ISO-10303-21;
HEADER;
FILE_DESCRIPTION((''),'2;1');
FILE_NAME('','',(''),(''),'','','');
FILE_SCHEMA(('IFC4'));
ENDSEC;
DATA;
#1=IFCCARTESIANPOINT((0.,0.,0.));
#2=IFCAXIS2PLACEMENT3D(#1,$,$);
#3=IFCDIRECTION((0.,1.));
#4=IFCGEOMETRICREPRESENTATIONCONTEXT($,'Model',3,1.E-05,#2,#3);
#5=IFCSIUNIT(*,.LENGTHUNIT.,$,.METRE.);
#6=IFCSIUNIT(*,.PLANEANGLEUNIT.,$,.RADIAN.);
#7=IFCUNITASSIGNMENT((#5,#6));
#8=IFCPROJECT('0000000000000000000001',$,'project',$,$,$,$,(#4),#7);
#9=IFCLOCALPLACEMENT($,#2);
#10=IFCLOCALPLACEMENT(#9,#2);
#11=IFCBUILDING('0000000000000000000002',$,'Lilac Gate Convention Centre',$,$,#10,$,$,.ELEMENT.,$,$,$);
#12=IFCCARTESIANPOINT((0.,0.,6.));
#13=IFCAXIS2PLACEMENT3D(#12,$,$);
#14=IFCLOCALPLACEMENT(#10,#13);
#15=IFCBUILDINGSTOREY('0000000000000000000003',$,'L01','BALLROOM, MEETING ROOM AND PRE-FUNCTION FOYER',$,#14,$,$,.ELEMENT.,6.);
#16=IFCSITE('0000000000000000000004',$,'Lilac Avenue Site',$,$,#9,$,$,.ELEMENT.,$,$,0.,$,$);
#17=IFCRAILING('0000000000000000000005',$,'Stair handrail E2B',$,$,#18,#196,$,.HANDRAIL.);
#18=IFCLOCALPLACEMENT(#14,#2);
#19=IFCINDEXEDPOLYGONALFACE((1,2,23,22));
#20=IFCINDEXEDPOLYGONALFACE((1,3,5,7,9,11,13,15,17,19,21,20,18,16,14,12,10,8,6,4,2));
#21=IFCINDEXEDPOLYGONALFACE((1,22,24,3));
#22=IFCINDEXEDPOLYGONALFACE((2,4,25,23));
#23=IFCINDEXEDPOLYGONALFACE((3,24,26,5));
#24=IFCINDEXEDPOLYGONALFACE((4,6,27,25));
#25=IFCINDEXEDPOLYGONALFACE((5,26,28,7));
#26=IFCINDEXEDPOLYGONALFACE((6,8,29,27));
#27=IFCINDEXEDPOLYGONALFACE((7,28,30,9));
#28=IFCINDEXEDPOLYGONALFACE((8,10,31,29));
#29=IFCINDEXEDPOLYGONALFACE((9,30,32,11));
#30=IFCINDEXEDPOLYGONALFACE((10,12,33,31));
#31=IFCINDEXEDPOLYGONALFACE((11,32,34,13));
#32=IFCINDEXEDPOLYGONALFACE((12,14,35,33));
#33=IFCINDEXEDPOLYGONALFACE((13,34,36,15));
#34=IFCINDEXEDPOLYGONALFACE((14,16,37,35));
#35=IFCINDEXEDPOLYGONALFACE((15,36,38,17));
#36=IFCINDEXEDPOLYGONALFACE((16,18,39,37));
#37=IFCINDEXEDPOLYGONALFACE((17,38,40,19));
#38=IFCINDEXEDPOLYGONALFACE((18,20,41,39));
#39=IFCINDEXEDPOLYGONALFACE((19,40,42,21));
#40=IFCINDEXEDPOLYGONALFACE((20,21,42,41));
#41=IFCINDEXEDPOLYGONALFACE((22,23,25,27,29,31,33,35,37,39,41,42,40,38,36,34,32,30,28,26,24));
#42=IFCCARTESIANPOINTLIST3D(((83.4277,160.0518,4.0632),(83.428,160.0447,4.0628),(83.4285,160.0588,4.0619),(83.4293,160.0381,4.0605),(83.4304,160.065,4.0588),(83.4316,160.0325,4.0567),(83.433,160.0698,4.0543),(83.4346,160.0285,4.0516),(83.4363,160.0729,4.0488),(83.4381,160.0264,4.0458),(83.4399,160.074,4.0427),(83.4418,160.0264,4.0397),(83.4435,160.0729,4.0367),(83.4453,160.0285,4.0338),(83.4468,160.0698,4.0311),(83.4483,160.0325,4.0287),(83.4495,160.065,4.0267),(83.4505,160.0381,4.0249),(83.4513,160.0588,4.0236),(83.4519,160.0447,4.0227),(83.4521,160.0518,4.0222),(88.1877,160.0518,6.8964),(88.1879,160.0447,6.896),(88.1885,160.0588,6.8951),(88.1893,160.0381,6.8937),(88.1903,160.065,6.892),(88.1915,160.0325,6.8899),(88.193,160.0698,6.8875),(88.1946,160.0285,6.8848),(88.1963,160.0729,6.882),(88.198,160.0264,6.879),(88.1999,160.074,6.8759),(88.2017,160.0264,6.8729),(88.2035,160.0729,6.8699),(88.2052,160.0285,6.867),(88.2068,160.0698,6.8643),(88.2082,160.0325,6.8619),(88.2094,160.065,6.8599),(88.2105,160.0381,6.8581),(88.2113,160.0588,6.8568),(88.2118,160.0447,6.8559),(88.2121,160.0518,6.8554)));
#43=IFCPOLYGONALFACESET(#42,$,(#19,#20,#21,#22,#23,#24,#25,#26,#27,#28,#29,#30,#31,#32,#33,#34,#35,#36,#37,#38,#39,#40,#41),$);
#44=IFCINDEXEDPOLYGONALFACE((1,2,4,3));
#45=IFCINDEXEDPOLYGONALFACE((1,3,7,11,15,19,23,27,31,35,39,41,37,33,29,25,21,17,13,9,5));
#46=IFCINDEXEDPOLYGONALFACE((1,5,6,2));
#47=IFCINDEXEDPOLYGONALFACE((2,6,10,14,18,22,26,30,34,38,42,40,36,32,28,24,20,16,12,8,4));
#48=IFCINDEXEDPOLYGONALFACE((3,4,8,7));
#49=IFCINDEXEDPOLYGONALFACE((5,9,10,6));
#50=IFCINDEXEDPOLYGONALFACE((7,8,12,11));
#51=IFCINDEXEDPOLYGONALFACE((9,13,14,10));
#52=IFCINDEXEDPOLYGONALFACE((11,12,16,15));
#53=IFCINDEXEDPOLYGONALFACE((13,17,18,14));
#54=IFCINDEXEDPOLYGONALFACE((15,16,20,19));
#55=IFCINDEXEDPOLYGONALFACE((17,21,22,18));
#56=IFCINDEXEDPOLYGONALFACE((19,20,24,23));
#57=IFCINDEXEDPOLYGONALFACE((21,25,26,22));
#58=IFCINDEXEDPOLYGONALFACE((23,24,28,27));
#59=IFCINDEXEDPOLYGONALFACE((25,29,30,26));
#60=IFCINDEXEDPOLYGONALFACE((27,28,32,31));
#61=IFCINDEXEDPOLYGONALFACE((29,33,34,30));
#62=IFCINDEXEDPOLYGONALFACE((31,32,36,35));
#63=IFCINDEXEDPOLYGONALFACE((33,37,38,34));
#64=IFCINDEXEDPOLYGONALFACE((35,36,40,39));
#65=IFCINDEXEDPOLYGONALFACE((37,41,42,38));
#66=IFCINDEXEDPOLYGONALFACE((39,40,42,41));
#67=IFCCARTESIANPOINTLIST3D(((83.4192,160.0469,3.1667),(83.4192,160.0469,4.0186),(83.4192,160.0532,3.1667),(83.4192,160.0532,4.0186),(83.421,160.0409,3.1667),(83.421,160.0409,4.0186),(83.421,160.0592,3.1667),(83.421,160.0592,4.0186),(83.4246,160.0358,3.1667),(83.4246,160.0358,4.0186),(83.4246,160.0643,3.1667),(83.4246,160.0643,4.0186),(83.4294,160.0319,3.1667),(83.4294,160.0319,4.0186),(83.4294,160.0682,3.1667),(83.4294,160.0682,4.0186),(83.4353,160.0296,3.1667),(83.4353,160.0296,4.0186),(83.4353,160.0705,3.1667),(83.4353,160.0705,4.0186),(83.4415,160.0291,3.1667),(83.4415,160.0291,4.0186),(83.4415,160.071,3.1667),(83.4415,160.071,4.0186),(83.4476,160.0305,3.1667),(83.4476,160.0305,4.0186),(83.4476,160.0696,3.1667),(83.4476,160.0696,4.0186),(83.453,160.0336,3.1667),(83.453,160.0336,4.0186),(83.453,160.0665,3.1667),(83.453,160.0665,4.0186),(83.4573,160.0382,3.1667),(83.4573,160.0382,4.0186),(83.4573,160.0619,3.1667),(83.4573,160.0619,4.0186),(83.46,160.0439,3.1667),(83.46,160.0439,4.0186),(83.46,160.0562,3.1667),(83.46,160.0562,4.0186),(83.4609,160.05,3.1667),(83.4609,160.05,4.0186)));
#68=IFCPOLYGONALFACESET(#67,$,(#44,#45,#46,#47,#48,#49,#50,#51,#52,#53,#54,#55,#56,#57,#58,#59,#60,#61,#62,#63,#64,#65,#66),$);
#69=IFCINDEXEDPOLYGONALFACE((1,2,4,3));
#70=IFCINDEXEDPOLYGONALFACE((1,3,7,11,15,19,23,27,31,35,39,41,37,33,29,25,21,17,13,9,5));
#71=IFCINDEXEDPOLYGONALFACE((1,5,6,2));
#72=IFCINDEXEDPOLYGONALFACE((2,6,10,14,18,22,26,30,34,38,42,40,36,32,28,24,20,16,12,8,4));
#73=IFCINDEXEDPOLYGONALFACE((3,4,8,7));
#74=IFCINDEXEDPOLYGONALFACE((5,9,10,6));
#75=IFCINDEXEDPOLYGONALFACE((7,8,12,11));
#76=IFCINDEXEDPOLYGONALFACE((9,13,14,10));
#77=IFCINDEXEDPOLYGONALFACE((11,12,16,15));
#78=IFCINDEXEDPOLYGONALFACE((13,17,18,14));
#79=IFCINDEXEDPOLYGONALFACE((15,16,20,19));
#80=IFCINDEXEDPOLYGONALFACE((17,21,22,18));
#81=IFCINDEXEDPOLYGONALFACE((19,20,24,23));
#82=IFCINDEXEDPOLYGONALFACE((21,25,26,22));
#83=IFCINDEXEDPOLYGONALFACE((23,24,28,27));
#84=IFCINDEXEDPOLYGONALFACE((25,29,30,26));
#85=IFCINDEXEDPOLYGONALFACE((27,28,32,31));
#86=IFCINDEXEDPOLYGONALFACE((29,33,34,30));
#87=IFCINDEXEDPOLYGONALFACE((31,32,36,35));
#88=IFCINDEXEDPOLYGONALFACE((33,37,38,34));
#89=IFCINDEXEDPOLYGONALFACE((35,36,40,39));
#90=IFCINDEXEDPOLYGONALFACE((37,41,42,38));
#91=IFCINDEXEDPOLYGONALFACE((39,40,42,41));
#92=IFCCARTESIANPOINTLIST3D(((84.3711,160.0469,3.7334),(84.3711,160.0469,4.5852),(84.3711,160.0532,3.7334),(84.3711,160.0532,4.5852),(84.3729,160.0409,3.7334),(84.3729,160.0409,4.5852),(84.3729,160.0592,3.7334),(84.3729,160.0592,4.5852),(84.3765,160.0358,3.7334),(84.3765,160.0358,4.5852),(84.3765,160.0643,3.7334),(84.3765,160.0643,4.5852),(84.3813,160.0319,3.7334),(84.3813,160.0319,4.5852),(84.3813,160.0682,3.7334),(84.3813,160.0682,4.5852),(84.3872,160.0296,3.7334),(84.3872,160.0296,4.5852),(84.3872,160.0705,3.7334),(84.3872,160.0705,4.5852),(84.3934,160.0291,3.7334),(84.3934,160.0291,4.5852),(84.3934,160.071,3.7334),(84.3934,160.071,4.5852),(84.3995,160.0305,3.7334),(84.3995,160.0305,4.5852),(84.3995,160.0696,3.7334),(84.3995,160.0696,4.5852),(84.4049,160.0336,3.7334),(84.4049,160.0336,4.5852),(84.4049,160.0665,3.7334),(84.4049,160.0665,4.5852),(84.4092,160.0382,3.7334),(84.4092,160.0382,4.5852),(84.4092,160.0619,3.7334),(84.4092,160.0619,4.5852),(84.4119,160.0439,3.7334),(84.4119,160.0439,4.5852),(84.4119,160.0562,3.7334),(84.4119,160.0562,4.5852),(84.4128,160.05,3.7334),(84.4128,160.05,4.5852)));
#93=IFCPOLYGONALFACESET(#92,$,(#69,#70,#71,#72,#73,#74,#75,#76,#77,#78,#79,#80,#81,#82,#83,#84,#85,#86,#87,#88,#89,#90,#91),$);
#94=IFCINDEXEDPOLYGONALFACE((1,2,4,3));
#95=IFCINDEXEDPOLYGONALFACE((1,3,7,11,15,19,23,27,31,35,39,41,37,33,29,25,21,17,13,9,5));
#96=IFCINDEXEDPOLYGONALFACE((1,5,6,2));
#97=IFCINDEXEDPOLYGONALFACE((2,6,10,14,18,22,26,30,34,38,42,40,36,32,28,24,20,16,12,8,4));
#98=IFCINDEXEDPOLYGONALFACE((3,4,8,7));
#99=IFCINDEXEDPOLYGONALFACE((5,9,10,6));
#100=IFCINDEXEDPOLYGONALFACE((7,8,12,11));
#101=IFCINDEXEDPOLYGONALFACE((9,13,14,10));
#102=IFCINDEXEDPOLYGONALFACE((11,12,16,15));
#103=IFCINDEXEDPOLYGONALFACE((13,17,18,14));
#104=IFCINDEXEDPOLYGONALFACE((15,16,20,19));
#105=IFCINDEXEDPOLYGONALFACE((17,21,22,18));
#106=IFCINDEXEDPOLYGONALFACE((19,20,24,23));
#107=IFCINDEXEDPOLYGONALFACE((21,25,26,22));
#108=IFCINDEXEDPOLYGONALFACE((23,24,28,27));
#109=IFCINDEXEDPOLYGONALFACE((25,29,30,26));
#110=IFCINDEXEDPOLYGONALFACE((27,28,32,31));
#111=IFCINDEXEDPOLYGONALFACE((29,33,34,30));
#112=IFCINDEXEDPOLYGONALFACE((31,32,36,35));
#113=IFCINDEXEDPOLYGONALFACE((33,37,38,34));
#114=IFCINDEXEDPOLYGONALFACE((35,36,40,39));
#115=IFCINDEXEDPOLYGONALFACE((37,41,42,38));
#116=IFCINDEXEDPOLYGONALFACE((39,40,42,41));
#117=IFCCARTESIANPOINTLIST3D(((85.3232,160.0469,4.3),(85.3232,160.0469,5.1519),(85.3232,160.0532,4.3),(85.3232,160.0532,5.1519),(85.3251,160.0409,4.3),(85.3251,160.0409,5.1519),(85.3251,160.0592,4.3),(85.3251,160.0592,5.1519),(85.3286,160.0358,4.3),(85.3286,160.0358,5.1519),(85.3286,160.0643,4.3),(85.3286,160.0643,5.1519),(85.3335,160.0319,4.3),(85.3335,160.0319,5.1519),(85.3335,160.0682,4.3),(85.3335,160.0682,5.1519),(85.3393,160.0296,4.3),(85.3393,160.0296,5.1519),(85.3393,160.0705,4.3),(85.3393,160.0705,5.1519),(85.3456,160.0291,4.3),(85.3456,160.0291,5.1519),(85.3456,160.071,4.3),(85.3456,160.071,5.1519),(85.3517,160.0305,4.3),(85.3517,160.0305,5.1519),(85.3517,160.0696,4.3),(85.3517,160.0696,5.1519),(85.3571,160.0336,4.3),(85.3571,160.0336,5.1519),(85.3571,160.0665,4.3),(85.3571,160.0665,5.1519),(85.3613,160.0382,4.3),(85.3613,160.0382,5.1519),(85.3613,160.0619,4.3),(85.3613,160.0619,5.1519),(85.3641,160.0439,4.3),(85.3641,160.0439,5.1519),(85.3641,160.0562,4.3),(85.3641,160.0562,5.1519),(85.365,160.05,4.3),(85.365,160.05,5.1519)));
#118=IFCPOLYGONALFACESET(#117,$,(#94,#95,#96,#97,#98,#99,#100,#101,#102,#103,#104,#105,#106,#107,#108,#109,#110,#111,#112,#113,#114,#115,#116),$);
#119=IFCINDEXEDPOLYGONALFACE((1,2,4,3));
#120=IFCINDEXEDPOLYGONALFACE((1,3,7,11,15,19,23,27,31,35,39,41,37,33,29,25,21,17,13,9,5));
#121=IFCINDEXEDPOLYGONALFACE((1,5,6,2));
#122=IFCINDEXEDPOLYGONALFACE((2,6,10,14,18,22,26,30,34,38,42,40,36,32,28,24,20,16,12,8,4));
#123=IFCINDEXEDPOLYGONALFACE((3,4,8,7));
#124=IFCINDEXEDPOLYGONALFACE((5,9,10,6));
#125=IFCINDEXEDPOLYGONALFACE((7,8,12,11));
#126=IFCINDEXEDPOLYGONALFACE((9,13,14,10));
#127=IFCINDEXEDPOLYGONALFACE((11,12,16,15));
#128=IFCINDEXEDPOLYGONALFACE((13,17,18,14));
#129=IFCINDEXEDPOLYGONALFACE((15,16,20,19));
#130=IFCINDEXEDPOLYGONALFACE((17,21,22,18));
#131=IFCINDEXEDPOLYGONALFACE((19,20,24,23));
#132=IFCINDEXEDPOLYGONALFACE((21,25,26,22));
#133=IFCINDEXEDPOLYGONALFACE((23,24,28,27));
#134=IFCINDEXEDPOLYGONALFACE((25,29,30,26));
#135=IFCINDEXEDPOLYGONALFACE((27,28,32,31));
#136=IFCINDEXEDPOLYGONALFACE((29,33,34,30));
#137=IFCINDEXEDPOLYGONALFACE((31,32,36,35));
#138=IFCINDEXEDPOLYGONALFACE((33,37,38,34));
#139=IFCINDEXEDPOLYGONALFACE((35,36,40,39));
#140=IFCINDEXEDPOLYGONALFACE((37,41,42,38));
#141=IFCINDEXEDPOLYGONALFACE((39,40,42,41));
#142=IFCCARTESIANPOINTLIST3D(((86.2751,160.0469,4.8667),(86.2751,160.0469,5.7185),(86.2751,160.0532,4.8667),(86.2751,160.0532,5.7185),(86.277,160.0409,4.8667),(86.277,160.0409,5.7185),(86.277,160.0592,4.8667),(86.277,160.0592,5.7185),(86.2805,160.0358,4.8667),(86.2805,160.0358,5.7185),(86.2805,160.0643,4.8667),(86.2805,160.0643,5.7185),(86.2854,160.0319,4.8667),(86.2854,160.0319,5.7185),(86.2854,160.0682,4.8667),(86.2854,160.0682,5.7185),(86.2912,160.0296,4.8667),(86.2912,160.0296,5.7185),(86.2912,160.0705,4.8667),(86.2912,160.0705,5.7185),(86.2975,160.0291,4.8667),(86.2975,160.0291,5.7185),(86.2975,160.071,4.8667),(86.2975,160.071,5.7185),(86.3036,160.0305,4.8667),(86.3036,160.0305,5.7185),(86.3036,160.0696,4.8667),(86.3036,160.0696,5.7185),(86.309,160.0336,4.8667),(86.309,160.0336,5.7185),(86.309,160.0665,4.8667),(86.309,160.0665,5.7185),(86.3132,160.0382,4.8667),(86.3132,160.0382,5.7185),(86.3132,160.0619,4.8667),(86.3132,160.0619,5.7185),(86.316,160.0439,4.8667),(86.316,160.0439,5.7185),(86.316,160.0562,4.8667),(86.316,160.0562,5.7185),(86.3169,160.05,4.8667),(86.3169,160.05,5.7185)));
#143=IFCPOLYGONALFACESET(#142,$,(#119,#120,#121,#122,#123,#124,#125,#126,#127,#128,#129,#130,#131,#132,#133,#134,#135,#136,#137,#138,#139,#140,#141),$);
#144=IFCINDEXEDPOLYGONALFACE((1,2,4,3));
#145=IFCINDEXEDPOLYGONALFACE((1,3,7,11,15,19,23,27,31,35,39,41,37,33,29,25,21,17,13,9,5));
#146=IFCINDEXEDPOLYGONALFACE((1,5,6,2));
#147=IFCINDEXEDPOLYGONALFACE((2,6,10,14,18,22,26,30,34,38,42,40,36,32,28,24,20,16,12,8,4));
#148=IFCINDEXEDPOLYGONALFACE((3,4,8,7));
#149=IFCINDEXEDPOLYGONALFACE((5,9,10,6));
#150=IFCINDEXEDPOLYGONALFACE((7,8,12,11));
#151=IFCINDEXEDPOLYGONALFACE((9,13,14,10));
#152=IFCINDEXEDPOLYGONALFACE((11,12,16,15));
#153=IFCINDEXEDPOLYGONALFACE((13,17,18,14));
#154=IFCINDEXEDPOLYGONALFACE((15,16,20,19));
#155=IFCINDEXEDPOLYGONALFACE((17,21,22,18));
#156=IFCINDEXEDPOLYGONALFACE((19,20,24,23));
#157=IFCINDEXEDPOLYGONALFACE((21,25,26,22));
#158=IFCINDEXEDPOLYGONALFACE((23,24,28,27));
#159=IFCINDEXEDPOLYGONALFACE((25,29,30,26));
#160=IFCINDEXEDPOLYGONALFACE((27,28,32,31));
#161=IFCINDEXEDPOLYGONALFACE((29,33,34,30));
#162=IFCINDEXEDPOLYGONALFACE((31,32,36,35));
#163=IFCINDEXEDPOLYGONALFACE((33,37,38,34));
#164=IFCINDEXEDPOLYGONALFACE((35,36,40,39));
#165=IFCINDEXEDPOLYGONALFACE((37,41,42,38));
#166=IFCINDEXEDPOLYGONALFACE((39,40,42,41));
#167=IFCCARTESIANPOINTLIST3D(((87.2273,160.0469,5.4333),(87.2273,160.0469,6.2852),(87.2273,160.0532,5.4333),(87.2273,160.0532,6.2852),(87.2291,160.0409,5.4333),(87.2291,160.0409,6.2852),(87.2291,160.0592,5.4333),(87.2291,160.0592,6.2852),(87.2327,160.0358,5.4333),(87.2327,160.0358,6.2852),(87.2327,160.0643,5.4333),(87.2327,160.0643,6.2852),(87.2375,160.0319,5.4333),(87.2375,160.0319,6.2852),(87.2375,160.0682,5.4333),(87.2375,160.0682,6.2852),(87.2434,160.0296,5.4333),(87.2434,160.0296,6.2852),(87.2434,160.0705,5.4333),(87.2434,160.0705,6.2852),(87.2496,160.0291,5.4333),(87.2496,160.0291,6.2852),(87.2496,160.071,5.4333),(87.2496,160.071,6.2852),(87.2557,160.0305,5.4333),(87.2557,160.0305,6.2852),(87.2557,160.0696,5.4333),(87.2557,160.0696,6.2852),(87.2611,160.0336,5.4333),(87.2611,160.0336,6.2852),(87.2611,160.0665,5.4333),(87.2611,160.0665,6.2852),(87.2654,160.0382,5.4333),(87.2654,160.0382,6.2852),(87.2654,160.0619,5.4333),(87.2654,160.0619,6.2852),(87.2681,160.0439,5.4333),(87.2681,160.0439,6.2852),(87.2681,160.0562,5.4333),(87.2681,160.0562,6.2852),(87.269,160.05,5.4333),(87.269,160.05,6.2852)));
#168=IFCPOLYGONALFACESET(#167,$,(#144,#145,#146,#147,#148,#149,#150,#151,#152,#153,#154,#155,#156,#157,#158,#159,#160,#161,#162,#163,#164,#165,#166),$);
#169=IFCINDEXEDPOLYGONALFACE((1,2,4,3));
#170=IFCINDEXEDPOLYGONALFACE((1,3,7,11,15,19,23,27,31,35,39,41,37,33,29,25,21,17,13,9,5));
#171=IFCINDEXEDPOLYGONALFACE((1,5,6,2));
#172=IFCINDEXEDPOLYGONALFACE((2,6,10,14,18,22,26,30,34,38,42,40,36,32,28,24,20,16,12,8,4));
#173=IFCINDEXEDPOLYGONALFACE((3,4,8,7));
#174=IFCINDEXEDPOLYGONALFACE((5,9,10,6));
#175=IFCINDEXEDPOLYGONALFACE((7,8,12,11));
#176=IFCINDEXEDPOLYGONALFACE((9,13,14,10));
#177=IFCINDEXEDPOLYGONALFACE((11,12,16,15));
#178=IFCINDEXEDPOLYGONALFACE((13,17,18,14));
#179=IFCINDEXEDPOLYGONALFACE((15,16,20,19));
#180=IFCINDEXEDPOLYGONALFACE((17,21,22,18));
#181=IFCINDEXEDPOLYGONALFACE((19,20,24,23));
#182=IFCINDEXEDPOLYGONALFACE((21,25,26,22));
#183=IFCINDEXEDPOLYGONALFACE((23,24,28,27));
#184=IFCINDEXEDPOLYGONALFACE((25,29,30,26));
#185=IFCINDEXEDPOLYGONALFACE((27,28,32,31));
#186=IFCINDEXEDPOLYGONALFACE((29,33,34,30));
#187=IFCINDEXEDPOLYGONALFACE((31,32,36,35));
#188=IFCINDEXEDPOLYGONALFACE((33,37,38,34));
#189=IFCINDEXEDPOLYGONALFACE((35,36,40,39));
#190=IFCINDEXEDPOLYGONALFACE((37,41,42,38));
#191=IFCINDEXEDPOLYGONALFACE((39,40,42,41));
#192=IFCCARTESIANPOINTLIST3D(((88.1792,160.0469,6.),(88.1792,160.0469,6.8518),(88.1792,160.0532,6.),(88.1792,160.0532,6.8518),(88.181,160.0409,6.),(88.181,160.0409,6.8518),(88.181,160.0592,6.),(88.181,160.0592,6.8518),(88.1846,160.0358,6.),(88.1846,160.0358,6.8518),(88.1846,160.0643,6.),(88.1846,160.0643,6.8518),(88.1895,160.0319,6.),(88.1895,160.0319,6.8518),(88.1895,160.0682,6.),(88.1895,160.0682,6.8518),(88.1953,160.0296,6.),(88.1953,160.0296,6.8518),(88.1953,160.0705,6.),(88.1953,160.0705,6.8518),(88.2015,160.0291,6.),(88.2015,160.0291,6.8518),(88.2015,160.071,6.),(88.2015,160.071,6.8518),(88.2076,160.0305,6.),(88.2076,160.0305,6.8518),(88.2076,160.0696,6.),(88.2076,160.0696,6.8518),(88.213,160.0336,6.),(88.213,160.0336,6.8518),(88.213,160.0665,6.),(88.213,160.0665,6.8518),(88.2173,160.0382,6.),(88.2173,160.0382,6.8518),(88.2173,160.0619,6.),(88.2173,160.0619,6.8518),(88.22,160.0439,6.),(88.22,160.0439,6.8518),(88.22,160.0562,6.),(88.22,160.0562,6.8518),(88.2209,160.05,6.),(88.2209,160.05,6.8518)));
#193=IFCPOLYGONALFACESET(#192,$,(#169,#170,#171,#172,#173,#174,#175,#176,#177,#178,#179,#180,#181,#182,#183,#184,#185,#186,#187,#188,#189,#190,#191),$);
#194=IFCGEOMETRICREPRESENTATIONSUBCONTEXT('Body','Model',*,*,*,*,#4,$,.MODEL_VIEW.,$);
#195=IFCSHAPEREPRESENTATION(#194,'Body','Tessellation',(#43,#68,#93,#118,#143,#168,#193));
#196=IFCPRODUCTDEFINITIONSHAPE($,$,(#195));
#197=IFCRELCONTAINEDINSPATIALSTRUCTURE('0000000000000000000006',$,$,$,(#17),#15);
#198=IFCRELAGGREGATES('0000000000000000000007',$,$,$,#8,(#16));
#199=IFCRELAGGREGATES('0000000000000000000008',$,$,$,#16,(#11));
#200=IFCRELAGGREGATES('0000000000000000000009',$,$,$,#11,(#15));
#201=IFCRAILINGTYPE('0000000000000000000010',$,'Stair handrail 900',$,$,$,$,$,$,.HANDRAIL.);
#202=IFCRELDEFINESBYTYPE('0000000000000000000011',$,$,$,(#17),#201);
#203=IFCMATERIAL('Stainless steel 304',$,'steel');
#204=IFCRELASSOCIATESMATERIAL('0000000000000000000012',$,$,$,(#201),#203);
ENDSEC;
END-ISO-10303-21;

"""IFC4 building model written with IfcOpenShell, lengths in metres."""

from ifc_helpers import new_model, si_unit, direction, frame, origin, origin_2d, place, context, subcontext, project, spatial, circle, extrude, material, type_object, element, save


model = new_model("IFC4")

# Units and contexts
model_context = context("Model", 3, precision=1e-05, world=origin(), true_north=direction((0.0, 1.0)))
body_context = subcontext(model_context, "Body", "Model", "MODEL_VIEW")
ifc_project = project(units=[si_unit("LENGTHUNIT", "METRE"), si_unit("PLANEANGLEUNIT", "RADIAN")], contexts=[model_context])

# Site, building, storey
site_placement = place(None, origin())
site = spatial("IfcSite", under=ifc_project, at=site_placement, Name="Lilac Avenue Site", CompositionType="ELEMENT", RefElevation=0.0)
building_placement = place(site_placement, origin())
building = spatial("IfcBuilding", under=site, at=building_placement, Name="Lilac Gate Convention Centre", CompositionType="ELEMENT")
storey_placement = place(building_placement, frame((0.0, 0.0, 6.0)))
storey = spatial("IfcBuildingStorey", under=building, at=storey_placement, Name="L01", Description="BALLROOM, MEETING ROOM AND PRE-FUNCTION FOYER", CompositionType="ELEMENT", Elevation=6.0)

# Railing
ifc_material_1 = material(Name="Stainless steel 304", Category="steel")
railing_type = type_object("IfcRailingType", Name="Stair handrail 900", PredefinedType="HANDRAIL", material=ifc_material_1)
for number, where, name in (
    (1, (83.4399, 160.05, 3.1667), "Stair handrail E2B"),
):
    element("IfcRailing", number, at=place(storey_placement, frame(where)), inside=storey, type_object=railing_type, Name=name, PredefinedType="HANDRAIL", context=body_context, shape_type="SweptSolid", body=[
        extrude(circle(Radius=0.0239, at=origin_2d()), frame((0.0, 0.0, 0.876), z_axis=(0.8593, 0.0, 0.511472), x_axis=(0.0, 1.0, 0.0)), (0.0, 0.0, 1.0), 5.5393),
        extrude(circle(Radius=0.021, at=origin_2d()), origin(), (0.0, 0.0, 1.0), 0.8518),
        extrude(circle(Radius=0.021, at=origin_2d()), frame((0.9519, 0.0, 0.5667)), (0.0, 0.0, 1.0), 0.8518),
        extrude(circle(Radius=0.021, at=origin_2d()), frame((1.9041, 0.0, 1.1333)), (0.0, 0.0, 1.0), 0.8518),
        extrude(circle(Radius=0.021, at=origin_2d()), frame((2.856, 0.0, 1.7)), (0.0, 0.0, 1.0), 0.8518),
        extrude(circle(Radius=0.021, at=origin_2d()), frame((3.8081, 0.0, 2.2666)), (0.0, 0.0, 1.0), 0.8518),
        extrude(circle(Radius=0.021, at=origin_2d()), frame((4.76, 0.0, 2.8333)), (0.0, 0.0, 1.0), 0.8518),
    ])

save(model, "model.ifc")
